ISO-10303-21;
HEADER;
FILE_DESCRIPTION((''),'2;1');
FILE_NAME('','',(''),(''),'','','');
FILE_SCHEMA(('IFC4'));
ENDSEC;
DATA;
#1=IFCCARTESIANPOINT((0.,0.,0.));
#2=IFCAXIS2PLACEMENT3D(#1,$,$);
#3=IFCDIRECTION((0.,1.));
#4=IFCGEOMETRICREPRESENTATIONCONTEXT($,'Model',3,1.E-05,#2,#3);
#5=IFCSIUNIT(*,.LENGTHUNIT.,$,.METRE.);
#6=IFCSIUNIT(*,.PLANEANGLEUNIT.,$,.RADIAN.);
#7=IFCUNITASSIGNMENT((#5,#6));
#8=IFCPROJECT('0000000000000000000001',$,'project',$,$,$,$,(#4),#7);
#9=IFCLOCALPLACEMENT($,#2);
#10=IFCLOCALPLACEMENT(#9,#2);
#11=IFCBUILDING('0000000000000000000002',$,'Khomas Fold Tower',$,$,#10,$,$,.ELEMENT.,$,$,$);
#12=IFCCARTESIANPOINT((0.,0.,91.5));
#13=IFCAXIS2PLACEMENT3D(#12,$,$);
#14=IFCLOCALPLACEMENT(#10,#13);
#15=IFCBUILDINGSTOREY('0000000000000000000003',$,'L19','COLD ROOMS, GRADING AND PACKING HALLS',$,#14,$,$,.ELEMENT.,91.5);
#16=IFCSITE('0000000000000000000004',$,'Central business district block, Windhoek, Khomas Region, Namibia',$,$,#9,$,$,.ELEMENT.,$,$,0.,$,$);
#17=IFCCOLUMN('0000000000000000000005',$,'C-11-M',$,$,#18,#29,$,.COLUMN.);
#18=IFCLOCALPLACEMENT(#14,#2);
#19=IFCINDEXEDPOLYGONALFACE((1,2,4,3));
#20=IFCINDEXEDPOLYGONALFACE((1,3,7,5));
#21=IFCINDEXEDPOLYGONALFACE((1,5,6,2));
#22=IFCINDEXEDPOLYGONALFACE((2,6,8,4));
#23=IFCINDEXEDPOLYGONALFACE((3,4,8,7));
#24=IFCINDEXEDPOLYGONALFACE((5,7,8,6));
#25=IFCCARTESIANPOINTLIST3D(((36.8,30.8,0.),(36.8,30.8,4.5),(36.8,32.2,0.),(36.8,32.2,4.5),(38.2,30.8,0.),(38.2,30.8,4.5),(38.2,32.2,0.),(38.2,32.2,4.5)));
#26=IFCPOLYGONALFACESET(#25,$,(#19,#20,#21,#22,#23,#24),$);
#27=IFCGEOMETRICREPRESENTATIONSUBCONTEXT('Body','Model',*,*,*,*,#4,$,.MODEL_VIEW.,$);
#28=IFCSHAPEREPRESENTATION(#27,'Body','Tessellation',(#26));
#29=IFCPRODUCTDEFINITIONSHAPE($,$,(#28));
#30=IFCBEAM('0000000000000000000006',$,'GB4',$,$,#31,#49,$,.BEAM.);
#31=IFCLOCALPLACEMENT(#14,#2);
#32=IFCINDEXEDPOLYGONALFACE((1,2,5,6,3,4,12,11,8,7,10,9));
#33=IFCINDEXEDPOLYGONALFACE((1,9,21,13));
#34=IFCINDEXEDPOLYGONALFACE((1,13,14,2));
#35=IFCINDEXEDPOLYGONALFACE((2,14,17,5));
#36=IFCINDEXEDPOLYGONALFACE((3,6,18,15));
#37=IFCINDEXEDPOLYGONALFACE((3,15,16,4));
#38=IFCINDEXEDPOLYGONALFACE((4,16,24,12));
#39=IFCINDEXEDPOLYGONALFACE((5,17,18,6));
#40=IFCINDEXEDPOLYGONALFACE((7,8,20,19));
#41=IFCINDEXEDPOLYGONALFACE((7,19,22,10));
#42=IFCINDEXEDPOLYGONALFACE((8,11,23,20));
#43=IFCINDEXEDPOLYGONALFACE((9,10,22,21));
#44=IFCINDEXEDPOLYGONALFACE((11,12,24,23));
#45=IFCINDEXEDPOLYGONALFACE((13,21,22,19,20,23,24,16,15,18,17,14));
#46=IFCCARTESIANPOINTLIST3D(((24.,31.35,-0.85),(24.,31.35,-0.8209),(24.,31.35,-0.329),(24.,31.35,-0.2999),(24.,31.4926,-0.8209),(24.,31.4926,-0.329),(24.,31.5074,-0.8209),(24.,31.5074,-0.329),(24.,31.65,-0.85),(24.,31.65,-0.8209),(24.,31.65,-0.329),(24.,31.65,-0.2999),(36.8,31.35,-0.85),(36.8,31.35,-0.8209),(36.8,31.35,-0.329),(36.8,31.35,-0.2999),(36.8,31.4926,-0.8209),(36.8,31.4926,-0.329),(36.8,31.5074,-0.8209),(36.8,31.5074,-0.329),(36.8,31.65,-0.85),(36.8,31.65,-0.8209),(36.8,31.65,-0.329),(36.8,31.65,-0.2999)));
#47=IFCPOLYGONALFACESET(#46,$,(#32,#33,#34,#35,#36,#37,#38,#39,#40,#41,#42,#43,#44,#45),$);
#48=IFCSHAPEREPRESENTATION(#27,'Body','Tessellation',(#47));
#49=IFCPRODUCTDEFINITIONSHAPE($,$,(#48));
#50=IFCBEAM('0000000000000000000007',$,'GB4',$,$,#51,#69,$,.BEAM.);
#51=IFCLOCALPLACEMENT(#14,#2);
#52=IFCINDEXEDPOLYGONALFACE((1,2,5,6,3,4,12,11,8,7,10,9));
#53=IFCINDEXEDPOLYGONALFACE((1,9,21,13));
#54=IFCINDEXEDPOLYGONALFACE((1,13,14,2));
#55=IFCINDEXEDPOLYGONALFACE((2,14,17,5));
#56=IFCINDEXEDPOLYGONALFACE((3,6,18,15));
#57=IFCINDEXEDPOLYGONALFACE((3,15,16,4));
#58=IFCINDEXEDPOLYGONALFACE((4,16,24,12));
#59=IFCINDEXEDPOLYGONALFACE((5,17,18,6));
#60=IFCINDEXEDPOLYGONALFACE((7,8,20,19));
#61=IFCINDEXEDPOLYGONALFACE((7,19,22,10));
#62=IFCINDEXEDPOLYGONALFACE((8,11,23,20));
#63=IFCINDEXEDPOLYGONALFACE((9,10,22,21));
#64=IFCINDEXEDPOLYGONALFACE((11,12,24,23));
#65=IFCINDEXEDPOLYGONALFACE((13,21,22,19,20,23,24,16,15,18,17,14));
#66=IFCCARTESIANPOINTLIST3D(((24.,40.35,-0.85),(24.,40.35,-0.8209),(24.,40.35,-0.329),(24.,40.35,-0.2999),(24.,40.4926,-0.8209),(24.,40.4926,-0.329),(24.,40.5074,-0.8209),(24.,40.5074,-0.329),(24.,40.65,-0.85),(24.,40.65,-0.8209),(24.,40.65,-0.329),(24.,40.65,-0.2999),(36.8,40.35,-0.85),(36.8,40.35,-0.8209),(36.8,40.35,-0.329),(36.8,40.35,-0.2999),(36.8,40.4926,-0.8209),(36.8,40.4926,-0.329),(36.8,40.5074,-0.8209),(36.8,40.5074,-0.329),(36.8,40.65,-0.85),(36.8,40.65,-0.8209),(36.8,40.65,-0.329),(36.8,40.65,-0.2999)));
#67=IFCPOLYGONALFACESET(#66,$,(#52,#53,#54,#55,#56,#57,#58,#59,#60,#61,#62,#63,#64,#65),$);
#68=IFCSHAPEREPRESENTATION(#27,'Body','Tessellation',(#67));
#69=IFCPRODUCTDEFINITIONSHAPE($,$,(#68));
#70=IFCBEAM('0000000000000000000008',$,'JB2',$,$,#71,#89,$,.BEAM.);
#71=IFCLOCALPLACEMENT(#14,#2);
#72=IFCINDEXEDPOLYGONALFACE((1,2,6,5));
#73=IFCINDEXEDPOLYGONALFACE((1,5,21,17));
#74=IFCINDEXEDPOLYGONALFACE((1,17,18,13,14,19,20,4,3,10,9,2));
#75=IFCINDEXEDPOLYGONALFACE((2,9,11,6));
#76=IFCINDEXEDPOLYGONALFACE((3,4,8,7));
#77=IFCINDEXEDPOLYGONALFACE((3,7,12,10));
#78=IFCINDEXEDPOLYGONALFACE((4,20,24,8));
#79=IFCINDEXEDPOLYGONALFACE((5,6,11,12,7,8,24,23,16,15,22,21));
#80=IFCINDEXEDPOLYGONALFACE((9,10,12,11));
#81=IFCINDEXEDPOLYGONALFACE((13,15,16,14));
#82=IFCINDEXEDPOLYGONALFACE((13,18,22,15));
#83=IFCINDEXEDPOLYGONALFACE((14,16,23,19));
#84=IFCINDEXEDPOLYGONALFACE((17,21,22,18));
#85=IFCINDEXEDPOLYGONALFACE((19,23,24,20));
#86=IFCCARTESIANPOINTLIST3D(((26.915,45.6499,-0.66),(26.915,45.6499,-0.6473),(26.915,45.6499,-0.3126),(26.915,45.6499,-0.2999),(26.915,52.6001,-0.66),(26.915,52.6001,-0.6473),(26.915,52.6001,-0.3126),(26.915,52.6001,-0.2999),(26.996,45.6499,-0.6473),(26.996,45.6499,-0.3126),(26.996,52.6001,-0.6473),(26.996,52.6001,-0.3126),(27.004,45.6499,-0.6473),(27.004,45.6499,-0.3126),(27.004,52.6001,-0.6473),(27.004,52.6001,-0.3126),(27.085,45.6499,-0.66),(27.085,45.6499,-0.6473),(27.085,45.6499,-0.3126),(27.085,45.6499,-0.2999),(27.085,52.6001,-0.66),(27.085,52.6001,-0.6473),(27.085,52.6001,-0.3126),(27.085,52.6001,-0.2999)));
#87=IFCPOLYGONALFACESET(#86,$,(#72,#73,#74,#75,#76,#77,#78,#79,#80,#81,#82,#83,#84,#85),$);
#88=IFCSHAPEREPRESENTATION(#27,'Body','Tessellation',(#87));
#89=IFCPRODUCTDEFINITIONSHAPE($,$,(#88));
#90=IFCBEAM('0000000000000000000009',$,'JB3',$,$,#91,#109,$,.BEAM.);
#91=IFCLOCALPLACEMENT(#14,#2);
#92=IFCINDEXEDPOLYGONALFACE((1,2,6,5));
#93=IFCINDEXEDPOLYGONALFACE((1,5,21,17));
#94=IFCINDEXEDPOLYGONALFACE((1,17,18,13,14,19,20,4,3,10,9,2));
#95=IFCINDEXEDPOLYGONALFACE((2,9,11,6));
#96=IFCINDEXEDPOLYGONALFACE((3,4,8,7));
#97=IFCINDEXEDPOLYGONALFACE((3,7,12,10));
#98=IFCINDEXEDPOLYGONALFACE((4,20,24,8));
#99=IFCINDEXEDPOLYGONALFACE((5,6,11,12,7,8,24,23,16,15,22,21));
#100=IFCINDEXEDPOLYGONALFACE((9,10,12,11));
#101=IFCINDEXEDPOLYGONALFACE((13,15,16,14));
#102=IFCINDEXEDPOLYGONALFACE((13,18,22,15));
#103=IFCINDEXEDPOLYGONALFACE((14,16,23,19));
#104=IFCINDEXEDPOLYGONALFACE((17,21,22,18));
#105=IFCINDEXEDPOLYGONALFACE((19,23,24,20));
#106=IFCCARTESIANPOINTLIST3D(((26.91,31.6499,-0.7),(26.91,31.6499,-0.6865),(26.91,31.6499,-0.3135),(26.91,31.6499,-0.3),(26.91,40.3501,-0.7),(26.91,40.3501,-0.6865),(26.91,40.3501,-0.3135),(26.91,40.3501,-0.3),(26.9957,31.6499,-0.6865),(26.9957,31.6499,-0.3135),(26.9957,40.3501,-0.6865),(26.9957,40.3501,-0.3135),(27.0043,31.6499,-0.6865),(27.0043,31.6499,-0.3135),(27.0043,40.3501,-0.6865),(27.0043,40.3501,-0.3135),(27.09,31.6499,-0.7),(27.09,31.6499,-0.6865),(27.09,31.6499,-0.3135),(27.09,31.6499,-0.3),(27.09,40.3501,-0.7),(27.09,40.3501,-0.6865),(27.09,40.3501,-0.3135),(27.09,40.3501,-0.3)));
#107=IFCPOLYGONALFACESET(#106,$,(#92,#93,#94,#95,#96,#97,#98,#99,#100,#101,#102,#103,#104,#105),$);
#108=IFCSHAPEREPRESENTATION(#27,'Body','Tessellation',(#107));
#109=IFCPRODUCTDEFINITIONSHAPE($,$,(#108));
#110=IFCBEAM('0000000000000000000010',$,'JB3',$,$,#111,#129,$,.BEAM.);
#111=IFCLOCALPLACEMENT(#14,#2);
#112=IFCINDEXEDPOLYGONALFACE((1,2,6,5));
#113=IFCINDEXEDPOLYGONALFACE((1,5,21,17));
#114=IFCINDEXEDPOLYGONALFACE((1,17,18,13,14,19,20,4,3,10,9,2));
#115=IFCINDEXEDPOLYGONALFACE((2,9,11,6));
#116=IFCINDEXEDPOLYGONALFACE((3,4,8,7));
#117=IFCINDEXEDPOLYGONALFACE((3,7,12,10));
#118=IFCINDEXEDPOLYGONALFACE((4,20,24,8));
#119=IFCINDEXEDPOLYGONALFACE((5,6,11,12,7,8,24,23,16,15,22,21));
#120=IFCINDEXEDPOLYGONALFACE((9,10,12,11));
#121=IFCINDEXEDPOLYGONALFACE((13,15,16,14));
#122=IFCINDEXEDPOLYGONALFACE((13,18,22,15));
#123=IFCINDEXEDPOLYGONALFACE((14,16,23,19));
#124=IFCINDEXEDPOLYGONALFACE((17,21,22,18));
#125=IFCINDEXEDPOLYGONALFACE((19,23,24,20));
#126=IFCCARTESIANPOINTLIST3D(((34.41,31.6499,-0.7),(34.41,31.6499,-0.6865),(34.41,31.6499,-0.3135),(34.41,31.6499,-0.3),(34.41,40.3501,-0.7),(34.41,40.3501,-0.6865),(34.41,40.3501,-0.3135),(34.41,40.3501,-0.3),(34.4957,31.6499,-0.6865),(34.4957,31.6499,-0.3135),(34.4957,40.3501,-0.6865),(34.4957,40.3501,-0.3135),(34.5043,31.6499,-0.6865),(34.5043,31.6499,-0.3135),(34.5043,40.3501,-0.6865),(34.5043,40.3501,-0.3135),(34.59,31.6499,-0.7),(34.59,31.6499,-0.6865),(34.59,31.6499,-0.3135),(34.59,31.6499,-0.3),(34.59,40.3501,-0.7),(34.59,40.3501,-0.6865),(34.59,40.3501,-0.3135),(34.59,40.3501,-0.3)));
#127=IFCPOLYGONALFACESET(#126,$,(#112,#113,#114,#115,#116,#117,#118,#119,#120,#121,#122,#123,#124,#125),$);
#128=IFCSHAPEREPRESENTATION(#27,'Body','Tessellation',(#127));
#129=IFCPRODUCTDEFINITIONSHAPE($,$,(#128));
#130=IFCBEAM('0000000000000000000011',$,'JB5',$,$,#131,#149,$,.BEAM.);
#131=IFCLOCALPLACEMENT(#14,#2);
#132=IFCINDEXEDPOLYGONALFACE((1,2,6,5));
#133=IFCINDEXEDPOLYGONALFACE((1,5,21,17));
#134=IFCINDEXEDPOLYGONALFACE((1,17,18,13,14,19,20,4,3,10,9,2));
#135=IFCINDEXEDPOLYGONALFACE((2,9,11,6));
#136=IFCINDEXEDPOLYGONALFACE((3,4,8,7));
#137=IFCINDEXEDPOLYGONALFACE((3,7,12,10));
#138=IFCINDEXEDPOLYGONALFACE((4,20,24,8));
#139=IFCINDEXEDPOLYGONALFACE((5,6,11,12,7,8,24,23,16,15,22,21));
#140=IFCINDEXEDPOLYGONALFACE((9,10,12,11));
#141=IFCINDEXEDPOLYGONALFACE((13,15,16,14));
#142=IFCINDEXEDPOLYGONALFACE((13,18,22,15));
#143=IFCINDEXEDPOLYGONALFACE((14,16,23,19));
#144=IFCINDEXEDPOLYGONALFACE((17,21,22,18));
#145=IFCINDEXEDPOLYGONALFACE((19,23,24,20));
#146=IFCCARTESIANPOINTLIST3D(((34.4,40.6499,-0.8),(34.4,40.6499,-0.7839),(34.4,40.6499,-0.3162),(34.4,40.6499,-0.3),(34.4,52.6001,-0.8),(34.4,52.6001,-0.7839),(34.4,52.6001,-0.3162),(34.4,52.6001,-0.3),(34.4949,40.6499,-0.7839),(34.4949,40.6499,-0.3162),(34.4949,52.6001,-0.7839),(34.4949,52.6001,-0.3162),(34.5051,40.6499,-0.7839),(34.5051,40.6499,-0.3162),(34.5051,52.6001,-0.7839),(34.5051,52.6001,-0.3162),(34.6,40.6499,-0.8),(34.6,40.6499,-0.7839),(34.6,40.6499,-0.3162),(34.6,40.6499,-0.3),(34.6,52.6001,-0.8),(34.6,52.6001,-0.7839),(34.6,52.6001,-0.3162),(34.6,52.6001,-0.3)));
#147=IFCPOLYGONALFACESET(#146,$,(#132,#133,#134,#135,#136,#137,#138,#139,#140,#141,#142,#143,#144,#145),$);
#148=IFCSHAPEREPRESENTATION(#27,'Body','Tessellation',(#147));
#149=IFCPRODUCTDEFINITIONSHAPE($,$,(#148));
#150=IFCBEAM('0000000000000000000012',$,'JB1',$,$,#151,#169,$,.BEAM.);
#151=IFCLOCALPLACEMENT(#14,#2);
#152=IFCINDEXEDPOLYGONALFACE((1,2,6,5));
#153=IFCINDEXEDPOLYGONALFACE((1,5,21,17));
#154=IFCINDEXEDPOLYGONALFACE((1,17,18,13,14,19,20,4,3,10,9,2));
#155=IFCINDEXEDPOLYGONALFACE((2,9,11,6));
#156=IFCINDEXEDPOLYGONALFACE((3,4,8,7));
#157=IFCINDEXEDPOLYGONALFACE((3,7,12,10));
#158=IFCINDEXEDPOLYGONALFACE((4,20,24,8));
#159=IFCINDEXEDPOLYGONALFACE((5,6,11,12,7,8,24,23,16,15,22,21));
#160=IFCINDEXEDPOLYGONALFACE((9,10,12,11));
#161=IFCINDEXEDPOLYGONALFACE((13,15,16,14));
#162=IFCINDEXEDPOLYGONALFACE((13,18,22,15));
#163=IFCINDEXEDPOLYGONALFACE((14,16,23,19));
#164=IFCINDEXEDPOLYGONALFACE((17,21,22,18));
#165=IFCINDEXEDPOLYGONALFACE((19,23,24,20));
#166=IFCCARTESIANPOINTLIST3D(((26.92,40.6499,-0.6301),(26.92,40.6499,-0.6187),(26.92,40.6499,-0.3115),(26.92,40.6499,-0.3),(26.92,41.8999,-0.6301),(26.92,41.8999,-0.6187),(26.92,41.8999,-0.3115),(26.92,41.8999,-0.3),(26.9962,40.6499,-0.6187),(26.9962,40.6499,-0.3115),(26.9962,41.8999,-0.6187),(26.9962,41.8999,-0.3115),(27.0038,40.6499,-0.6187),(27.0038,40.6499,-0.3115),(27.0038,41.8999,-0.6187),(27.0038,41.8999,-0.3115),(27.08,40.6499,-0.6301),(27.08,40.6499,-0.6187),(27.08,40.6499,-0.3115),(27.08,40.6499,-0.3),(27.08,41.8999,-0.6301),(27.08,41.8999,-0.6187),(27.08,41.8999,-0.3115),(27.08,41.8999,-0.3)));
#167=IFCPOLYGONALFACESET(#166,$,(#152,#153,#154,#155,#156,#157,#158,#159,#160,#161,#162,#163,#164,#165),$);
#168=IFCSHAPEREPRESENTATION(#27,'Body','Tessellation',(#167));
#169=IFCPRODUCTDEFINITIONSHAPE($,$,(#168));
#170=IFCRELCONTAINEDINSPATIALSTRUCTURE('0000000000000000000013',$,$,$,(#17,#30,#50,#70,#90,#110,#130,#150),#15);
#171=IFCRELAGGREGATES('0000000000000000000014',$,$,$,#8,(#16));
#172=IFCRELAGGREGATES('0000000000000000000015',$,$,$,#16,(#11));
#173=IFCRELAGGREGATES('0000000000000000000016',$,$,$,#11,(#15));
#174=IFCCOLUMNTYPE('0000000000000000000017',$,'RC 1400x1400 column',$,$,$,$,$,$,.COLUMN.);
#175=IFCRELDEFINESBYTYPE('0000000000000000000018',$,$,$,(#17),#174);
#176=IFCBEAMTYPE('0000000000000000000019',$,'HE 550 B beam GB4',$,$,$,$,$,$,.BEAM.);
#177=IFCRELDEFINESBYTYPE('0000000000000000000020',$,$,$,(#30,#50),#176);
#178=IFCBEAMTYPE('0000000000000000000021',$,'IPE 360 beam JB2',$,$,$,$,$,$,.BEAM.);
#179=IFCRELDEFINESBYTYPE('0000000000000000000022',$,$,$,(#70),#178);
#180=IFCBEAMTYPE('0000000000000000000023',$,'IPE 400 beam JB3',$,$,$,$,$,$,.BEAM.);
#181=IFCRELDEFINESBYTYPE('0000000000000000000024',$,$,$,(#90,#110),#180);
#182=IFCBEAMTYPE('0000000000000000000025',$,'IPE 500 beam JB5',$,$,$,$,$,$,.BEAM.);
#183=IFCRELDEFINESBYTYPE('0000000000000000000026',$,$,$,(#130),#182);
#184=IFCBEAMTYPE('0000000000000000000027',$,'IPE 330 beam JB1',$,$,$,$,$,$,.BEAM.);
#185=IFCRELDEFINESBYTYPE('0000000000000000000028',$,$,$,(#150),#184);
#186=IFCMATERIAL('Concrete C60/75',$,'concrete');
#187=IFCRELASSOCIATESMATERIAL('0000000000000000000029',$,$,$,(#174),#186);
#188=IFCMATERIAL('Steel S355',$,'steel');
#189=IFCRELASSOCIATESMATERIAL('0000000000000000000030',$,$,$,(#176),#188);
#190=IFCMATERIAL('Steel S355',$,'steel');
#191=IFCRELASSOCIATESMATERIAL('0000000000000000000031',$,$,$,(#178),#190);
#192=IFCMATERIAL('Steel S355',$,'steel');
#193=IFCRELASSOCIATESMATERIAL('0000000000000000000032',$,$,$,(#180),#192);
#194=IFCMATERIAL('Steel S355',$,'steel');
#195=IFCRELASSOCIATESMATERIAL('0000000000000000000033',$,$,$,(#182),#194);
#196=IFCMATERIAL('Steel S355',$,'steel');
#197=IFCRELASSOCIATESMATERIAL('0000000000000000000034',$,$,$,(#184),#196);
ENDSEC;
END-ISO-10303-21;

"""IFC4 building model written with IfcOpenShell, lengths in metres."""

from ifc_helpers import new_model, si_unit, direction, frame, origin, origin_2d, place, context, subcontext, project, spatial, rectangle, i_section, extrude, source, transform, mapped, material, material_profile, profile_set, type_object, element, save


model = new_model("IFC4")

# Units and contexts
model_context = context("Model", 3, precision=1e-05, world=origin(), true_north=direction((0.0, 1.0)))
body_context = subcontext(model_context, "Body", "Model", "MODEL_VIEW")
ifc_project = project(units=[si_unit("LENGTHUNIT", "METRE"), si_unit("PLANEANGLEUNIT", "RADIAN")], contexts=[model_context])

# Site, building, storey
site_placement = place(None, origin())
site = spatial("IfcSite", under=ifc_project, at=site_placement, Name="Central business district block, Windhoek, Khomas Region, Namibia", CompositionType="ELEMENT", RefElevation=0.0)
building_placement = place(site_placement, origin())
building = spatial("IfcBuilding", under=site, at=building_placement, Name="Khomas Fold Tower", CompositionType="ELEMENT")
storey_placement = place(building_placement, frame((0.0, 0.0, 91.5)))
storey = spatial("IfcBuildingStorey", under=building, at=storey_placement, Name="L19", Description="COLD ROOMS, GRADING AND PACKING HALLS", CompositionType="ELEMENT", Elevation=91.5)

# Column
ifc_material_1 = material(Name="Concrete C60/75", Category="concrete")
ifc_material_profile_1 = material_profile(ifc_material_1, rectangle(XDim=1.3999, YDim=1.3999, at=origin_2d()), Name="RC 1400x1400")
ifc_profile_set_1 = profile_set([ifc_material_profile_1], Name="Concrete C60/75")
column_type = type_object("IfcColumnType", Name="RC 1400x1400 column", PredefinedType="COLUMN", material=ifc_profile_set_1)
shared_shape_1 = source(origin(), body_context, "Body", "SweptSolid", [
    extrude(rectangle(XDim=1.3999, YDim=1.3999, at=origin_2d()), origin(), (0.0, 0.0, 1.0), 4.5),
])
column_placement = place(storey_placement, frame((37.5, 31.5, 0.0), z_axis=(0.0, 0.0, 1.0), x_axis=(1.0, 0.0, 0.0)))
element("IfcColumn", 1, at=column_placement, inside=storey, type_object=column_type, Name="C-11-M", PredefinedType="COLUMN", context=body_context, shape_type="MappedRepresentation", body=[
    mapped(shared_shape_1, transform((0.0, 0.0, 0.0))),
])

# Beams
ifc_material_2 = material(Name="Steel S355", Category="steel")
ifc_material_profile_2 = material_profile(ifc_material_2, i_section(OverallWidth=0.3, OverallDepth=0.55, WebThickness=0.0149, FlangeThickness=0.0291, at=origin_2d()), Name="HE 550 B")
ifc_profile_set_2 = profile_set([ifc_material_profile_2], Name="Steel S355")
beam_type_1 = type_object("IfcBeamType", Name="HE 550 B beam GB4", PredefinedType="BEAM", material=ifc_profile_set_2)
shared_shape_2 = source(origin(), body_context, "Body", "SweptSolid", [
    extrude(i_section(OverallWidth=0.3, OverallDepth=0.55, WebThickness=0.0149, FlangeThickness=0.0291, at=origin_2d()), origin(), (0.0, 0.0, 1.0), 12.8),
])
for number, where, z_axis, x_axis, name in (
    (2, (24.0, 31.5, -0.575), (1.0, 0.0, 0.0), (0.0, 1.0, 0.0), "GB4"),
    (3, (24.0, 40.5, -0.575), (1.0, 0.0, 0.0), (0.0, 1.0, 0.0), "GB4"),
):
    element("IfcBeam", number, at=place(storey_placement, frame(where, z_axis=z_axis, x_axis=x_axis)), inside=storey, type_object=beam_type_1, Name=name, PredefinedType="BEAM", context=body_context, shape_type="MappedRepresentation", body=[
        mapped(shared_shape_2, transform((0.0, 0.0, 0.0))),
    ])
ifc_material_3 = material(Name="Steel S355", Category="steel")
ifc_material_profile_3 = material_profile(ifc_material_3, i_section(OverallWidth=0.1699, OverallDepth=0.3601, WebThickness=0.0081, FlangeThickness=0.0127, at=origin_2d()), Name="IPE 360")
ifc_profile_set_3 = profile_set([ifc_material_profile_3], Name="Steel S355")
beam_type_2 = type_object("IfcBeamType", Name="IPE 360 beam JB2", PredefinedType="BEAM", material=ifc_profile_set_3)
shared_shape_3 = source(origin(), body_context, "Body", "SweptSolid", [
    extrude(i_section(OverallWidth=0.1699, OverallDepth=0.3601, WebThickness=0.0081, FlangeThickness=0.0127, at=origin_2d()), origin(), (0.0, 0.0, 1.0), 6.9502),
])
beam_1_placement = place(storey_placement, frame((27.0, 45.6499, -0.48), z_axis=(0.0, 1.0, 0.0), x_axis=(-1.0, 0.0, 0.0)))
element("IfcBeam", 4, at=beam_1_placement, inside=storey, type_object=beam_type_2, Name="JB2", PredefinedType="BEAM", context=body_context, shape_type="MappedRepresentation", body=[
    mapped(shared_shape_3, transform((0.0, 0.0, 0.0))),
])
ifc_material_4 = material(Name="Steel S355", Category="steel")
ifc_material_profile_4 = material_profile(ifc_material_4, i_section(OverallWidth=0.1799, OverallDepth=0.3999, WebThickness=0.0085, FlangeThickness=0.0134, at=origin_2d()), Name="IPE 400")
ifc_profile_set_4 = profile_set([ifc_material_profile_4], Name="Steel S355")
beam_type_3 = type_object("IfcBeamType", Name="IPE 400 beam JB3", PredefinedType="BEAM", material=ifc_profile_set_4)
shared_shape_4 = source(origin(), body_context, "Body", "SweptSolid", [
    extrude(i_section(OverallWidth=0.1799, OverallDepth=0.3999, WebThickness=0.0085, FlangeThickness=0.0134, at=origin_2d()), origin(), (0.0, 0.0, 1.0), 8.7002),
])
for number, where, z_axis, x_axis, name in (
    (5, (27.0, 31.6499, -0.5), (0.0, 1.0, 0.0), (-1.0, 0.0, 0.0), "JB3"),
    (6, (34.5, 31.6499, -0.5), (0.0, 1.0, 0.0), (-1.0, 0.0, 0.0), "JB3"),
):
    element("IfcBeam", number, at=place(storey_placement, frame(where, z_axis=z_axis, x_axis=x_axis)), inside=storey, type_object=beam_type_3, Name=name, PredefinedType="BEAM", context=body_context, shape_type="MappedRepresentation", body=[
        mapped(shared_shape_4, transform((0.0, 0.0, 0.0))),
    ])
ifc_material_5 = material(Name="Steel S355", Category="steel")
ifc_material_profile_5 = material_profile(ifc_material_5, i_section(OverallWidth=0.2, OverallDepth=0.5, WebThickness=0.0103, FlangeThickness=0.0161, at=origin_2d()), Name="IPE 500")
ifc_profile_set_5 = profile_set([ifc_material_profile_5], Name="Steel S355")
beam_type_4 = type_object("IfcBeamType", Name="IPE 500 beam JB5", PredefinedType="BEAM", material=ifc_profile_set_5)
shared_shape_5 = source(origin(), body_context, "Body", "SweptSolid", [
    extrude(i_section(OverallWidth=0.2, OverallDepth=0.5, WebThickness=0.0103, FlangeThickness=0.0161, at=origin_2d()), origin(), (0.0, 0.0, 1.0), 11.9502),
])
beam_2_placement = place(storey_placement, frame((34.5, 40.6499, -0.55), z_axis=(0.0, 1.0, 0.0), x_axis=(-1.0, 0.0, 0.0)))
element("IfcBeam", 7, at=beam_2_placement, inside=storey, type_object=beam_type_4, Name="JB5", PredefinedType="BEAM", context=body_context, shape_type="MappedRepresentation", body=[
    mapped(shared_shape_5, transform((0.0, 0.0, 0.0))),
])
ifc_material_6 = material(Name="Steel S355", Category="steel")
ifc_material_profile_6 = material_profile(ifc_material_6, i_section(OverallWidth=0.1599, OverallDepth=0.3301, WebThickness=0.0076, FlangeThickness=0.0115, at=origin_2d()), Name="IPE 330")
ifc_profile_set_6 = profile_set([ifc_material_profile_6], Name="Steel S355")
beam_type_5 = type_object("IfcBeamType", Name="IPE 330 beam JB1", PredefinedType="BEAM", material=ifc_profile_set_6)
shared_shape_6 = source(origin(), body_context, "Body", "SweptSolid", [
    extrude(i_section(OverallWidth=0.1599, OverallDepth=0.3301, WebThickness=0.0076, FlangeThickness=0.0115, at=origin_2d()), origin(), (0.0, 0.0, 1.0), 1.25),
])
beam_3_placement = place(storey_placement, frame((27.0, 40.6499, -0.4651), z_axis=(0.0, 1.0, 0.0), x_axis=(-1.0, 0.0, 0.0)))
element("IfcBeam", 8, at=beam_3_placement, inside=storey, type_object=beam_type_5, Name="JB1", PredefinedType="BEAM", context=body_context, shape_type="MappedRepresentation", body=[
    mapped(shared_shape_6, transform((0.0, 0.0, 0.0))),
])

save(model, "model.ifc")
